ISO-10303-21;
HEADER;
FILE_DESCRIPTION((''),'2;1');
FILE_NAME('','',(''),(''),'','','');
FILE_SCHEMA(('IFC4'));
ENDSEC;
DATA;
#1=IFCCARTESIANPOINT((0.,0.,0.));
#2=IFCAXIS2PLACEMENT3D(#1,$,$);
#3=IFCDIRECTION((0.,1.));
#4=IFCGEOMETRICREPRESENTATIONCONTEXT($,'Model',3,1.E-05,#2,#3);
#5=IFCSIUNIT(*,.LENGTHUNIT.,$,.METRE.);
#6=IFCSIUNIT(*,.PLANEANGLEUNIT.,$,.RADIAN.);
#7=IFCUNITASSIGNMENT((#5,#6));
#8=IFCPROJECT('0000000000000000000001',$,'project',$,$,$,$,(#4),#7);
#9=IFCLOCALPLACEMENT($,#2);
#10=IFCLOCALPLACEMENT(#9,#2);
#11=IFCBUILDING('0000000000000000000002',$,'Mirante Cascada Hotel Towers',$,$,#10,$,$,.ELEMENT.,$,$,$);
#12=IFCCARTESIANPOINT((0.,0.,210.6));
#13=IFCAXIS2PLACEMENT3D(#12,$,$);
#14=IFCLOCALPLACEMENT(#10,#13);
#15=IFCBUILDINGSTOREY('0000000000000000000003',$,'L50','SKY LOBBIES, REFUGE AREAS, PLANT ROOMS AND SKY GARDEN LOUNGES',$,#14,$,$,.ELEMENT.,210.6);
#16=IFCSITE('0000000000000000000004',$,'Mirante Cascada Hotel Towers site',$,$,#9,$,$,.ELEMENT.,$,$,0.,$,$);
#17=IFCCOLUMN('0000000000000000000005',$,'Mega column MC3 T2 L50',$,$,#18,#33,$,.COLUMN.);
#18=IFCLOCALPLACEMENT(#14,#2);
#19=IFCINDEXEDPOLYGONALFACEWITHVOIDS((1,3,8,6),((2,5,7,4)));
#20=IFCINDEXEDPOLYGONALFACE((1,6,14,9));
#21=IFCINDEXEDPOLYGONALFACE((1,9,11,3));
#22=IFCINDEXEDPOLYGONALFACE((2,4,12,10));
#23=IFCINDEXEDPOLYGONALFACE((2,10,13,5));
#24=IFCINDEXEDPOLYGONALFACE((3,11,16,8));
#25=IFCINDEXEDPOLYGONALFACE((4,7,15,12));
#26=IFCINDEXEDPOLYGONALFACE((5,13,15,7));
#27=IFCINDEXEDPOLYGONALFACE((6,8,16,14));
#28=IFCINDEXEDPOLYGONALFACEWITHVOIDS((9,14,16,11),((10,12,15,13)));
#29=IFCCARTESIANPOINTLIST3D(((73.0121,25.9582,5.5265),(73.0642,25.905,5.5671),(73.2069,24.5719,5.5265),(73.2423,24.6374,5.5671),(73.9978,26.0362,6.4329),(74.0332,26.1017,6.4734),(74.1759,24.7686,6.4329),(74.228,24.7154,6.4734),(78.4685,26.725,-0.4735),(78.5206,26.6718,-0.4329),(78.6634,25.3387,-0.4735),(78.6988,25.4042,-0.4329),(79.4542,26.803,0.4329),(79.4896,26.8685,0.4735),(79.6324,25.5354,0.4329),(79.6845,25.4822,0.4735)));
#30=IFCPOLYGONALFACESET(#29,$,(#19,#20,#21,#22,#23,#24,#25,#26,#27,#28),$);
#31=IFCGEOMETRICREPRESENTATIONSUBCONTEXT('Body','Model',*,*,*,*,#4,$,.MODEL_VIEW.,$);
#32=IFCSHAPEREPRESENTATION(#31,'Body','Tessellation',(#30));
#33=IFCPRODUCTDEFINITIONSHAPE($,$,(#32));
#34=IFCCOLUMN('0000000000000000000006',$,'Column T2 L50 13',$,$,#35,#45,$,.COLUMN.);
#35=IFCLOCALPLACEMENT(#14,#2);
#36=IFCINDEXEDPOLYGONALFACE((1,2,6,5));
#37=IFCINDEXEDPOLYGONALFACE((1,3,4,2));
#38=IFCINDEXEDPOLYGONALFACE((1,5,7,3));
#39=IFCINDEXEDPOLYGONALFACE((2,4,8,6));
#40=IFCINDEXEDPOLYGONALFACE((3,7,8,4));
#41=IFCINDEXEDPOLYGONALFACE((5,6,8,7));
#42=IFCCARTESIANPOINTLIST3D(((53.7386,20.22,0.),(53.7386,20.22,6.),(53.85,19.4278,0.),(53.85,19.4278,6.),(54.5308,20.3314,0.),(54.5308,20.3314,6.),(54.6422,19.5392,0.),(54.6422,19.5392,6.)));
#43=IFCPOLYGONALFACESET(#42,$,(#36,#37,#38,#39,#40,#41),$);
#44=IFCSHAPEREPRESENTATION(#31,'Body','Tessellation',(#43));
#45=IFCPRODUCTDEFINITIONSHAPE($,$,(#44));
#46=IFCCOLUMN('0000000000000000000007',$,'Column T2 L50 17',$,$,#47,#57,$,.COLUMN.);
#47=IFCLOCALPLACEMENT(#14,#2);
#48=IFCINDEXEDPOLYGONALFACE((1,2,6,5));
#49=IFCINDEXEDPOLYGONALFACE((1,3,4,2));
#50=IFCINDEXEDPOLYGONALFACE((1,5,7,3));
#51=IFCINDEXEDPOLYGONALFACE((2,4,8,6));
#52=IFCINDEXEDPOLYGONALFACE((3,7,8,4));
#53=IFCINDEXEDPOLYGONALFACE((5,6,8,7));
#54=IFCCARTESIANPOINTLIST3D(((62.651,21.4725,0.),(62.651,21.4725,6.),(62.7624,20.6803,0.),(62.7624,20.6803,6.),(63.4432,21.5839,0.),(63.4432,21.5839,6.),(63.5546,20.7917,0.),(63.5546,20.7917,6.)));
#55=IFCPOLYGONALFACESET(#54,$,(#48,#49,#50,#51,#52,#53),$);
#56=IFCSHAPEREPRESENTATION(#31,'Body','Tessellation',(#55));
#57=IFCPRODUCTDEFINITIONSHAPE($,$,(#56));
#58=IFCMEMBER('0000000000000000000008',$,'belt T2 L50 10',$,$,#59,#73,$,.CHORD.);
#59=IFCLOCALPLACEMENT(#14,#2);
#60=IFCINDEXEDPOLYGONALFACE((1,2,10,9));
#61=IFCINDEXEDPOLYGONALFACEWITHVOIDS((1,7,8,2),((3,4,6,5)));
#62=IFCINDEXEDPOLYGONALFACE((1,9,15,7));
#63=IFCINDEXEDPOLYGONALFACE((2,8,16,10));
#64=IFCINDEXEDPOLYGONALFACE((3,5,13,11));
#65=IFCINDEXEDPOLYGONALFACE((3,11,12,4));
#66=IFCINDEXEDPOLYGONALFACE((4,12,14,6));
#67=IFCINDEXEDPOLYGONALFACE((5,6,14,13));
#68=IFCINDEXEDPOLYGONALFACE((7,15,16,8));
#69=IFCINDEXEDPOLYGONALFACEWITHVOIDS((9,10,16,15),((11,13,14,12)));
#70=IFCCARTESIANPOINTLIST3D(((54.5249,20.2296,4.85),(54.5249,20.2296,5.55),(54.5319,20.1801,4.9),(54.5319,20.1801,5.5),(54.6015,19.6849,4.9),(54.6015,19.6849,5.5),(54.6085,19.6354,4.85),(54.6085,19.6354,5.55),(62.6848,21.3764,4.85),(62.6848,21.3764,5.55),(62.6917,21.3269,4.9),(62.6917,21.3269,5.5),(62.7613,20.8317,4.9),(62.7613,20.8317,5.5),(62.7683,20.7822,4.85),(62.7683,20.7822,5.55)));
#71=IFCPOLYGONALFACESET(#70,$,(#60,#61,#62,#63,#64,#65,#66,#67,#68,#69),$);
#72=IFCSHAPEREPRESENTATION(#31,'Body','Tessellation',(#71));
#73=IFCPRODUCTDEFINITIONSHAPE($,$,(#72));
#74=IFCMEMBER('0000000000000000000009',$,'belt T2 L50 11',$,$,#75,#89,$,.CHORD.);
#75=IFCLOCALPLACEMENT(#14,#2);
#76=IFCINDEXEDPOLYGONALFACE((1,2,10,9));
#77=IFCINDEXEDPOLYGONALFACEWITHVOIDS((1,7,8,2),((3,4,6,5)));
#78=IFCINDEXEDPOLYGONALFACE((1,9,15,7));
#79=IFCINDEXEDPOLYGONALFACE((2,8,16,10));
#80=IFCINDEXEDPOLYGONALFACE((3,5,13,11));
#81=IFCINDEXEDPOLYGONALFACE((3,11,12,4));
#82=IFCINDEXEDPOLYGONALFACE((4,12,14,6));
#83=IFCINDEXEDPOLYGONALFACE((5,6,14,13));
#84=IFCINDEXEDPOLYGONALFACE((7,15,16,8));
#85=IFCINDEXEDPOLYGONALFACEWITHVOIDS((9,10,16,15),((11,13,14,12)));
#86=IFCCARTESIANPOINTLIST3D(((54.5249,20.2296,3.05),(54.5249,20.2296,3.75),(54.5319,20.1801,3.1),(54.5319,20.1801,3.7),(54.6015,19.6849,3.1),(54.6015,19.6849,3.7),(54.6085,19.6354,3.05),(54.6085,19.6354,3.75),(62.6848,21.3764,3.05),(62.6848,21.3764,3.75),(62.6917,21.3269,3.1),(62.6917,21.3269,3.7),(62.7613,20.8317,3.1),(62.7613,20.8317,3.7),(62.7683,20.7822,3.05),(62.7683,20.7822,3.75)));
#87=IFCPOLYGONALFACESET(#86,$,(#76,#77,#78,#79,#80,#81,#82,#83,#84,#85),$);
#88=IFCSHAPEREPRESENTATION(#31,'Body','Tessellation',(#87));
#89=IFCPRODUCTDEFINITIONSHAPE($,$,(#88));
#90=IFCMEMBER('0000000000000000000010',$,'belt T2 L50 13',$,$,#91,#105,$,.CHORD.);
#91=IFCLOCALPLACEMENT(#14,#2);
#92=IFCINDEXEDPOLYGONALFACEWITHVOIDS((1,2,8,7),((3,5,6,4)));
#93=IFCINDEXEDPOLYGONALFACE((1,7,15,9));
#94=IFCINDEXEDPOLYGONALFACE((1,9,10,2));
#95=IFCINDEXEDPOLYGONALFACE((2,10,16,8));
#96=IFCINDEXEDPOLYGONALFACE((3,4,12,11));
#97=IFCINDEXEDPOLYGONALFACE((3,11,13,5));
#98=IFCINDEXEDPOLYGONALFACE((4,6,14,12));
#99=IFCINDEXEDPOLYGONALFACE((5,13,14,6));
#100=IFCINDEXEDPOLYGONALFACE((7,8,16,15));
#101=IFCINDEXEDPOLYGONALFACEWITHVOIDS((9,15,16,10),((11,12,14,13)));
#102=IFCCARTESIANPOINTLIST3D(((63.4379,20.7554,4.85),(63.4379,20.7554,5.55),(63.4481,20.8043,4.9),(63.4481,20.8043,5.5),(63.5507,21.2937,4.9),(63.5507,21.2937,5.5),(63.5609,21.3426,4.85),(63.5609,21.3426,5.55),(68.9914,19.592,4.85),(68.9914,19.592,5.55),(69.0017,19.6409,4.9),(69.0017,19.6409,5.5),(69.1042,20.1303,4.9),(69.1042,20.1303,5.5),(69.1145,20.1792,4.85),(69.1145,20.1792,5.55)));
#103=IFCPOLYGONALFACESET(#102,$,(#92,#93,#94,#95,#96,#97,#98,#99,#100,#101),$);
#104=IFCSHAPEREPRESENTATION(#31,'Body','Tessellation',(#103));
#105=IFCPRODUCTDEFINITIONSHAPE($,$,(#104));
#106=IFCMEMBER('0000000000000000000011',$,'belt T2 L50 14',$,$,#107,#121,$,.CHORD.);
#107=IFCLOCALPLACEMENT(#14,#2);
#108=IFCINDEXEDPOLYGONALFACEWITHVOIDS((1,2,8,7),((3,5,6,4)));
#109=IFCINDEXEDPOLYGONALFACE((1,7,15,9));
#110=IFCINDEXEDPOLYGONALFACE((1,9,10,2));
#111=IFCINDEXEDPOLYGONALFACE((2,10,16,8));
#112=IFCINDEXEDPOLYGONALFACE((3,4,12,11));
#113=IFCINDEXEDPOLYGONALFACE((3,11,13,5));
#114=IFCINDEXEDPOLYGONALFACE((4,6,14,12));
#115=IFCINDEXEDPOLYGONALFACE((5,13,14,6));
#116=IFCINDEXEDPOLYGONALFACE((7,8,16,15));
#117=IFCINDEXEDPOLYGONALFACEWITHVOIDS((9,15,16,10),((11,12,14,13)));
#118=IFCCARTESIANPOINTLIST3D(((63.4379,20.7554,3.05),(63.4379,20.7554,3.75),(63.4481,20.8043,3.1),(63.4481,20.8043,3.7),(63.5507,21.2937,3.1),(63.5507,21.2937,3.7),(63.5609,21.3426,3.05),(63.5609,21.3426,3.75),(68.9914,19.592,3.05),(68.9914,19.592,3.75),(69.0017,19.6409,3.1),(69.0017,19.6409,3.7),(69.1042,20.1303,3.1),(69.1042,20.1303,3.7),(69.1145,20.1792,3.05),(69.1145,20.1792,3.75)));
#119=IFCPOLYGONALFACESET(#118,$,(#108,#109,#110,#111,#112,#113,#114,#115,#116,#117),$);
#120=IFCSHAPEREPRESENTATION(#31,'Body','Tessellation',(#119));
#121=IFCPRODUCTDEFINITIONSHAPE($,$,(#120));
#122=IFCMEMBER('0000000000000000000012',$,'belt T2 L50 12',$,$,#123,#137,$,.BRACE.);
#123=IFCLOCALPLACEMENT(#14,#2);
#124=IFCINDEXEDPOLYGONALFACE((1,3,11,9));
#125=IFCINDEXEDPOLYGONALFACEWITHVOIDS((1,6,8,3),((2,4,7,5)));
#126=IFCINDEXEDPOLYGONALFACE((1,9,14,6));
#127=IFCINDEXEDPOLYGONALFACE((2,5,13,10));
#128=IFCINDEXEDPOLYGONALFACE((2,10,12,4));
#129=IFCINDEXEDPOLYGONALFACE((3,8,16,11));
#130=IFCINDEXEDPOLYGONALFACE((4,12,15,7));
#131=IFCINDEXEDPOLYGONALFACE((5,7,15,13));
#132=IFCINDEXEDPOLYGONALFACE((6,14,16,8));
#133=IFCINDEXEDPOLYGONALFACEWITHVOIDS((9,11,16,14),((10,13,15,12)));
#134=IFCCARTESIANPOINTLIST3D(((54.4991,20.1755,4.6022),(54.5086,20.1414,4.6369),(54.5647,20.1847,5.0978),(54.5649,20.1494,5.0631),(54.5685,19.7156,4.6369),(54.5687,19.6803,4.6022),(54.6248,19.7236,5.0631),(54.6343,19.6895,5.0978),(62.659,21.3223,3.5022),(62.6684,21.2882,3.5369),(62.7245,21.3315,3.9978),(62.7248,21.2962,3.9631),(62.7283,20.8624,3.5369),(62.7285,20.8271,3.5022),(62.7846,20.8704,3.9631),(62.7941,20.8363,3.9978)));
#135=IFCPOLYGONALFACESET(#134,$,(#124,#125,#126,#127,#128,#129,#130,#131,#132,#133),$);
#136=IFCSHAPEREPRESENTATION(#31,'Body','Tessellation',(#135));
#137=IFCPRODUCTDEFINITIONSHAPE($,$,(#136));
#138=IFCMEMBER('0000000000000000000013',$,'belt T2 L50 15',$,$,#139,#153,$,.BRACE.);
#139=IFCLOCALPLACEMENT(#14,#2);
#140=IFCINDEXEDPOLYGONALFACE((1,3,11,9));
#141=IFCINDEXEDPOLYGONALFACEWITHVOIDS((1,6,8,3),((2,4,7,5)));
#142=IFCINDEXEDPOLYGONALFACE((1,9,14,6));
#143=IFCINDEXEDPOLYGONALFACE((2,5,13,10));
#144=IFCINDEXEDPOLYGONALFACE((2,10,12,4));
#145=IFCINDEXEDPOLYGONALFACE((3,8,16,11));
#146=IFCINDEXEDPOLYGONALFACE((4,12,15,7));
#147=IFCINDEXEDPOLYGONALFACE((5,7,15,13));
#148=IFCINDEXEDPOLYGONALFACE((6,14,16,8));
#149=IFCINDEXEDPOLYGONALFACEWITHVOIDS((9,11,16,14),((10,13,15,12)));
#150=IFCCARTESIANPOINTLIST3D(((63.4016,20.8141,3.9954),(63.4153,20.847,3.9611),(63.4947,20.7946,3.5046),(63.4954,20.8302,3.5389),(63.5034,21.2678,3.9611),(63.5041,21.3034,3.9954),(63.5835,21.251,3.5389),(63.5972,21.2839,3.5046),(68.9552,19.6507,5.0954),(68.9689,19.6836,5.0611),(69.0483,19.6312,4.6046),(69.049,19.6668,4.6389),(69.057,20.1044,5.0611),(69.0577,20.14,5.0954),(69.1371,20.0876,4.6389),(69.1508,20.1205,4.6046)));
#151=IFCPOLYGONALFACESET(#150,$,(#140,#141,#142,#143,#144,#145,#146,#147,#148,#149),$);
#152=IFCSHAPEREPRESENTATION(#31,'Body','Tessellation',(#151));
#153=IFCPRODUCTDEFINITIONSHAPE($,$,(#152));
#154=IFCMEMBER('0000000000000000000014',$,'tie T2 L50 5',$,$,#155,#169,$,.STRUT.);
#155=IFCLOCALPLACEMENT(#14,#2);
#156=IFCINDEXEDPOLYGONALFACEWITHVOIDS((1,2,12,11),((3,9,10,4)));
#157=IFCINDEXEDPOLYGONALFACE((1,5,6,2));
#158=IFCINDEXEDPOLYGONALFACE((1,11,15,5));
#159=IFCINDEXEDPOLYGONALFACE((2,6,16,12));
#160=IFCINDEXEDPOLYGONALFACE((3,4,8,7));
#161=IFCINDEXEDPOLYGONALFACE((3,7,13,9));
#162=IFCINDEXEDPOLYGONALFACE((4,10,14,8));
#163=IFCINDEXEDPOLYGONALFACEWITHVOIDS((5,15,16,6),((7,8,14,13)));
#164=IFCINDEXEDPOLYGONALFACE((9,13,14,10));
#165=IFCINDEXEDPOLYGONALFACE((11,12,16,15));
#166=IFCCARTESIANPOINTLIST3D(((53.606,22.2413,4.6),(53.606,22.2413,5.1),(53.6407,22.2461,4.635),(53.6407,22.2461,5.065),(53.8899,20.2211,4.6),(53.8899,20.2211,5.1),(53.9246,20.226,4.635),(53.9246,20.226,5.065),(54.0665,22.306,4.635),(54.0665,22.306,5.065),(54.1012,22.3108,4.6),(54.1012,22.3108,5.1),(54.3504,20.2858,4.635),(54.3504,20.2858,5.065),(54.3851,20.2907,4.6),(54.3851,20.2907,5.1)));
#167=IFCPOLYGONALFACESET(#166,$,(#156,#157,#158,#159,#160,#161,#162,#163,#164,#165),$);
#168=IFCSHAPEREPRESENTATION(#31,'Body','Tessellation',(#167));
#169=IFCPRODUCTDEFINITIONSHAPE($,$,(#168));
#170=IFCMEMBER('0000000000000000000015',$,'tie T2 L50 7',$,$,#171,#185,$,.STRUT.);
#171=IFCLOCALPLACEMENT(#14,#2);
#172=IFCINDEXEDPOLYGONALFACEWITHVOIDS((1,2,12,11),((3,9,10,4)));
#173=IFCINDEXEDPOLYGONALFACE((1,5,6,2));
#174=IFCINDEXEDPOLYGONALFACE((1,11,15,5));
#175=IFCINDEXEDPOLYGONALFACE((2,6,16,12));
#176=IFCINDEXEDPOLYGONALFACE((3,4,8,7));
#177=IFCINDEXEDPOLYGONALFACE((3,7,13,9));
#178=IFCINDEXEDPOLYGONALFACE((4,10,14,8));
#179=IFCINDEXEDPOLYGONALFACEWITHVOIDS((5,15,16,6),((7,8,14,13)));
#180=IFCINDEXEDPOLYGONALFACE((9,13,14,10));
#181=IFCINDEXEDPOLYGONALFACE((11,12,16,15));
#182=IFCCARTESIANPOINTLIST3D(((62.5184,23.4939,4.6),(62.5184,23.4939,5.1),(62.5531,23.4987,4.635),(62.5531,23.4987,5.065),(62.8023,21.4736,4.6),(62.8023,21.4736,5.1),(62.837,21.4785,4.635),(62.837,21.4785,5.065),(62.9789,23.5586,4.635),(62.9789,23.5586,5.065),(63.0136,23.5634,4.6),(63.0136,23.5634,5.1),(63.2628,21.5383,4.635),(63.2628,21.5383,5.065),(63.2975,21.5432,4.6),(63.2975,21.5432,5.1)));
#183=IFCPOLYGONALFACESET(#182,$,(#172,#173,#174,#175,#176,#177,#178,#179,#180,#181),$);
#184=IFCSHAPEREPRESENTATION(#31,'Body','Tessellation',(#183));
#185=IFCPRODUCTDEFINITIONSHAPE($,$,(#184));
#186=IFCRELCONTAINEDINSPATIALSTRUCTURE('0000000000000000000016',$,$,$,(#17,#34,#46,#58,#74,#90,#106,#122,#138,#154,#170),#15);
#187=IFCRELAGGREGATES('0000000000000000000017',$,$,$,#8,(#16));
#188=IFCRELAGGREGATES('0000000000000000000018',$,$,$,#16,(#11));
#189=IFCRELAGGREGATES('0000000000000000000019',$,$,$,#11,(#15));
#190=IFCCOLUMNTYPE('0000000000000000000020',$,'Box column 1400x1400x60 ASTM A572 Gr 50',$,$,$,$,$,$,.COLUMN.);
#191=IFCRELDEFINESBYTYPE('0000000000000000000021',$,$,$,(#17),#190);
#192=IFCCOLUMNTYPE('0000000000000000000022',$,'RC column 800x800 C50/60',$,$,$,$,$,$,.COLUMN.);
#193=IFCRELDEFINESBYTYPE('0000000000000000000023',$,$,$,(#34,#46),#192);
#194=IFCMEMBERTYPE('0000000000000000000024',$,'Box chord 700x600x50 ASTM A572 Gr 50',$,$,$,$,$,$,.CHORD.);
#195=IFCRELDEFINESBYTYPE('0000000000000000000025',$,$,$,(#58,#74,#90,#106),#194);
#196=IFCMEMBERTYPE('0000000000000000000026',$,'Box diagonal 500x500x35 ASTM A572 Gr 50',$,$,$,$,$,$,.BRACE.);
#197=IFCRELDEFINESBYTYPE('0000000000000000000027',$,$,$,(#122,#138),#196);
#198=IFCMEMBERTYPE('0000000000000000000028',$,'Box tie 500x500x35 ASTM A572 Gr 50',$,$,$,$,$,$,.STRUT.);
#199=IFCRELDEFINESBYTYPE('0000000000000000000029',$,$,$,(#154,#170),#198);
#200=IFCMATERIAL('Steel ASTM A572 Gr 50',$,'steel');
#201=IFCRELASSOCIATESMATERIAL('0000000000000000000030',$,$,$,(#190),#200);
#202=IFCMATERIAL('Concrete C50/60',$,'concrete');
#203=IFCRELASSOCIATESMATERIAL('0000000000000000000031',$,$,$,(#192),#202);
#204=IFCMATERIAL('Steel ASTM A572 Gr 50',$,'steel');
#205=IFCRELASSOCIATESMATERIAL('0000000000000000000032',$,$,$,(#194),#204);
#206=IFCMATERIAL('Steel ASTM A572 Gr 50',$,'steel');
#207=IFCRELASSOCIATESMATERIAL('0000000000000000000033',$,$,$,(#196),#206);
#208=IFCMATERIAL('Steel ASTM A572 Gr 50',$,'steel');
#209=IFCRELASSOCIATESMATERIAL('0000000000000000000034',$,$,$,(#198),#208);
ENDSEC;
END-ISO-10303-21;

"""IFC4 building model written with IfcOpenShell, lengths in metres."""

from ifc_helpers import new_model, si_unit, direction, frame, origin, origin_2d, place, context, subcontext, project, spatial, rectangle, hollow_rectangle, extrude, material, material_profile, profile_set, type_object, element, save


model = new_model("IFC4")

# Units and contexts
model_context = context("Model", 3, precision=1e-05, world=origin(), true_north=direction((0.0, 1.0)))
body_context = subcontext(model_context, "Body", "Model", "MODEL_VIEW")
ifc_project = project(units=[si_unit("LENGTHUNIT", "METRE"), si_unit("PLANEANGLEUNIT", "RADIAN")], contexts=[model_context])

# Site, building, storey
site_placement = place(None, origin())
site = spatial("IfcSite", under=ifc_project, at=site_placement, Name="Mirante Cascada Hotel Towers site", CompositionType="ELEMENT", RefElevation=0.0)
building_placement = place(site_placement, origin())
building = spatial("IfcBuilding", under=site, at=building_placement, Name="Mirante Cascada Hotel Towers", CompositionType="ELEMENT")
storey_placement = place(building_placement, frame((0.0, 0.0, 210.6)))
storey = spatial("IfcBuildingStorey", under=building, at=storey_placement, Name="L50", Description="SKY LOBBIES, REFUGE AREAS, PLANT ROOMS AND SKY GARDEN LOUNGES", CompositionType="ELEMENT", Elevation=210.6)

# Columns
ifc_material_1 = material(Name="Steel ASTM A572 Gr 50", Category="steel")
ifc_material_profile_1 = material_profile(ifc_material_1, hollow_rectangle(XDim=1.4, YDim=1.4, WallThickness=0.06, at=origin_2d()), Name="Box column 1400x1400x60 ASTM A572 Gr 50")
ifc_profile_set_1 = profile_set([ifc_material_profile_1], Name="Steel ASTM A572 Gr 50")
column_type_1 = type_object("IfcColumnType", Name="Box column 1400x1400x60 ASTM A572 Gr 50", PredefinedType="COLUMN", material=ifc_profile_set_1)
column_placement = place(storey_placement, frame((79.0765, 26.1036, 0.0), z_axis=(-0.669817, -0.094129, 0.736535), x_axis=(0.139162, -0.99027, 0.0)))
element("IfcColumn", 1, at=column_placement, inside=storey, type_object=column_type_1, Name="Mega column MC3 T2 L50", PredefinedType="COLUMN", context=body_context, shape_type="SweptSolid", body=[
    extrude(hollow_rectangle(XDim=1.4, YDim=1.4, WallThickness=0.06, at=origin_2d()), origin(), (0.0, 0.0, 1.0), 8.1462),
])
ifc_material_2 = material(Name="Concrete C50/60", Category="concrete")
ifc_material_profile_2 = material_profile(ifc_material_2, rectangle(XDim=0.8, YDim=0.8, at=origin_2d()), Name="RC column 800x800 C50/60")
ifc_profile_set_2 = profile_set([ifc_material_profile_2], Name="Concrete C50/60")
column_type_2 = type_object("IfcColumnType", Name="RC column 800x800 C50/60", PredefinedType="COLUMN", material=ifc_profile_set_2)
for number, where, z_axis, x_axis, name in (
    (2, (54.1904, 19.8796, 0.0), (0.0, 0.0, 1.0), (0.990268, 0.139173, 0.0), "Column T2 L50 13"),
    (3, (63.1028, 21.1321, 0.0), (0.0, 0.0, 1.0), (0.990268, 0.139173, 0.0), "Column T2 L50 17"),
):
    element("IfcColumn", number, at=place(storey_placement, frame(where, z_axis=z_axis, x_axis=x_axis)), inside=storey, type_object=column_type_2, Name=name, PredefinedType="COLUMN", context=body_context, shape_type="SweptSolid", body=[
        extrude(rectangle(XDim=0.8, YDim=0.8, at=origin_2d()), origin(), (0.0, 0.0, 1.0), 6.0),
    ])

# Members
ifc_material_3 = material(Name="Steel ASTM A572 Gr 50", Category="steel")
ifc_material_profile_3 = material_profile(ifc_material_3, hollow_rectangle(XDim=0.6, YDim=0.7, WallThickness=0.05, at=origin_2d()), Name="Box chord 700x600x50 ASTM A572 Gr 50")
ifc_profile_set_3 = profile_set([ifc_material_profile_3], Name="Steel ASTM A572 Gr 50")
member_type_1 = type_object("IfcMemberType", Name="Box chord 700x600x50 ASTM A572 Gr 50", PredefinedType="CHORD", material=ifc_profile_set_3)
for number, where, z_axis, x_axis, name in (
    (4, (54.5667, 19.9325, 5.2), (0.990268, 0.139175, 0.0), (-0.139175, 0.990268, 0.0), "belt T2 L50 10"),
    (5, (54.5667, 19.9325, 3.4), (0.990268, 0.139175, 0.0), (-0.139175, 0.990268, 0.0), "belt T2 L50 11"),
):
    element("IfcMember", number, at=place(storey_placement, frame(where, z_axis=z_axis, x_axis=x_axis)), inside=storey, type_object=member_type_1, Name=name, PredefinedType="CHORD", context=body_context, shape_type="SweptSolid", body=[
        extrude(hollow_rectangle(XDim=0.6, YDim=0.7, WallThickness=0.05, at=origin_2d()), origin(), (0.0, 0.0, 1.0), 8.24),
    ])
for number, where, z_axis, x_axis, name in (
    (6, (63.4994, 21.049, 5.2), (0.978755, -0.205035, 0.0), (0.205035, 0.978755, 0.0), "belt T2 L50 13"),
    (7, (63.4994, 21.049, 3.4), (0.978755, -0.205035, 0.0), (0.205035, 0.978755, 0.0), "belt T2 L50 14"),
):
    element("IfcMember", number, at=place(storey_placement, frame(where, z_axis=z_axis, x_axis=x_axis)), inside=storey, type_object=member_type_1, Name=name, PredefinedType="CHORD", context=body_context, shape_type="SweptSolid", body=[
        extrude(hollow_rectangle(XDim=0.6, YDim=0.7, WallThickness=0.05, at=origin_2d()), origin(), (0.0, 0.0, 1.0), 5.6741),
    ])
ifc_material_4 = material(Name="Steel ASTM A572 Gr 50", Category="steel")
ifc_material_profile_4 = material_profile(ifc_material_4, hollow_rectangle(XDim=0.5, YDim=0.5, WallThickness=0.035, at=origin_2d()), Name="Box diagonal 500x500x35 ASTM A572 Gr 50")
ifc_profile_set_4 = profile_set([ifc_material_profile_4], Name="Steel ASTM A572 Gr 50")
member_type_2 = type_object("IfcMemberType", Name="Box diagonal 500x500x35 ASTM A572 Gr 50", PredefinedType="BRACE", material=ifc_profile_set_4)
member_1_placement = place(storey_placement, frame((54.5667, 19.9325, 4.85), z_axis=(0.98156, 0.137951, -0.132321), x_axis=(-0.139175, 0.990268, 0.0)))
element("IfcMember", 8, at=member_1_placement, inside=storey, type_object=member_type_2, Name="belt T2 L50 12", PredefinedType="BRACE", context=body_context, shape_type="SweptSolid", body=[
    extrude(hollow_rectangle(XDim=0.5, YDim=0.5, WallThickness=0.035, at=origin_2d()), origin(), (0.0, 0.0, 1.0), 8.3131),
])
member_2_placement = place(storey_placement, frame((63.4994, 21.049, 3.75), z_axis=(0.960865, -0.201288, 0.190318), x_axis=(0.205035, 0.978755, 0.0)))
element("IfcMember", 9, at=member_2_placement, inside=storey, type_object=member_type_2, Name="belt T2 L50 15", PredefinedType="BRACE", context=body_context, shape_type="SweptSolid", body=[
    extrude(hollow_rectangle(XDim=0.5, YDim=0.5, WallThickness=0.035, at=origin_2d()), origin(), (0.0, 0.0, 1.0), 5.7798),
])
ifc_material_5 = material(Name="Steel ASTM A572 Gr 50", Category="steel")
ifc_material_profile_5 = material_profile(ifc_material_5, hollow_rectangle(XDim=0.5, YDim=0.5, WallThickness=0.035, at=origin_2d()), Name="Box tie 500x500x35 ASTM A572 Gr 50")
ifc_profile_set_5 = profile_set([ifc_material_profile_5], Name="Steel ASTM A572 Gr 50")
member_type_3 = type_object("IfcMemberType", Name="Box tie 500x500x35 ASTM A572 Gr 50", PredefinedType="STRUT", material=ifc_profile_set_5)
member_3_placement = place(storey_placement, frame((54.1375, 20.2559, 4.85), z_axis=(-0.13917, 0.990268, 0.0), x_axis=(-0.990268, -0.13917, 0.0)))
element("IfcMember", 10, at=member_3_placement, inside=storey, type_object=member_type_3, Name="tie T2 L50 5", PredefinedType="STRUT", context=body_context, shape_type="SweptSolid", body=[
    extrude(hollow_rectangle(XDim=0.5, YDim=0.5, WallThickness=0.035, at=origin_2d()), origin(), (0.0, 0.0, 1.0), 2.04),
])
member_4_placement = place(storey_placement, frame((63.0499, 21.5084, 4.85), z_axis=(-0.139163, 0.99027, 0.0), x_axis=(-0.99027, -0.139163, 0.0)))
element("IfcMember", 11, at=member_4_placement, inside=storey, type_object=member_type_3, Name="tie T2 L50 7", PredefinedType="STRUT", context=body_context, shape_type="SweptSolid", body=[
    extrude(hollow_rectangle(XDim=0.5, YDim=0.5, WallThickness=0.035, at=origin_2d()), origin(), (0.0, 0.0, 1.0), 2.0401),
])

save(model, "model.ifc")
